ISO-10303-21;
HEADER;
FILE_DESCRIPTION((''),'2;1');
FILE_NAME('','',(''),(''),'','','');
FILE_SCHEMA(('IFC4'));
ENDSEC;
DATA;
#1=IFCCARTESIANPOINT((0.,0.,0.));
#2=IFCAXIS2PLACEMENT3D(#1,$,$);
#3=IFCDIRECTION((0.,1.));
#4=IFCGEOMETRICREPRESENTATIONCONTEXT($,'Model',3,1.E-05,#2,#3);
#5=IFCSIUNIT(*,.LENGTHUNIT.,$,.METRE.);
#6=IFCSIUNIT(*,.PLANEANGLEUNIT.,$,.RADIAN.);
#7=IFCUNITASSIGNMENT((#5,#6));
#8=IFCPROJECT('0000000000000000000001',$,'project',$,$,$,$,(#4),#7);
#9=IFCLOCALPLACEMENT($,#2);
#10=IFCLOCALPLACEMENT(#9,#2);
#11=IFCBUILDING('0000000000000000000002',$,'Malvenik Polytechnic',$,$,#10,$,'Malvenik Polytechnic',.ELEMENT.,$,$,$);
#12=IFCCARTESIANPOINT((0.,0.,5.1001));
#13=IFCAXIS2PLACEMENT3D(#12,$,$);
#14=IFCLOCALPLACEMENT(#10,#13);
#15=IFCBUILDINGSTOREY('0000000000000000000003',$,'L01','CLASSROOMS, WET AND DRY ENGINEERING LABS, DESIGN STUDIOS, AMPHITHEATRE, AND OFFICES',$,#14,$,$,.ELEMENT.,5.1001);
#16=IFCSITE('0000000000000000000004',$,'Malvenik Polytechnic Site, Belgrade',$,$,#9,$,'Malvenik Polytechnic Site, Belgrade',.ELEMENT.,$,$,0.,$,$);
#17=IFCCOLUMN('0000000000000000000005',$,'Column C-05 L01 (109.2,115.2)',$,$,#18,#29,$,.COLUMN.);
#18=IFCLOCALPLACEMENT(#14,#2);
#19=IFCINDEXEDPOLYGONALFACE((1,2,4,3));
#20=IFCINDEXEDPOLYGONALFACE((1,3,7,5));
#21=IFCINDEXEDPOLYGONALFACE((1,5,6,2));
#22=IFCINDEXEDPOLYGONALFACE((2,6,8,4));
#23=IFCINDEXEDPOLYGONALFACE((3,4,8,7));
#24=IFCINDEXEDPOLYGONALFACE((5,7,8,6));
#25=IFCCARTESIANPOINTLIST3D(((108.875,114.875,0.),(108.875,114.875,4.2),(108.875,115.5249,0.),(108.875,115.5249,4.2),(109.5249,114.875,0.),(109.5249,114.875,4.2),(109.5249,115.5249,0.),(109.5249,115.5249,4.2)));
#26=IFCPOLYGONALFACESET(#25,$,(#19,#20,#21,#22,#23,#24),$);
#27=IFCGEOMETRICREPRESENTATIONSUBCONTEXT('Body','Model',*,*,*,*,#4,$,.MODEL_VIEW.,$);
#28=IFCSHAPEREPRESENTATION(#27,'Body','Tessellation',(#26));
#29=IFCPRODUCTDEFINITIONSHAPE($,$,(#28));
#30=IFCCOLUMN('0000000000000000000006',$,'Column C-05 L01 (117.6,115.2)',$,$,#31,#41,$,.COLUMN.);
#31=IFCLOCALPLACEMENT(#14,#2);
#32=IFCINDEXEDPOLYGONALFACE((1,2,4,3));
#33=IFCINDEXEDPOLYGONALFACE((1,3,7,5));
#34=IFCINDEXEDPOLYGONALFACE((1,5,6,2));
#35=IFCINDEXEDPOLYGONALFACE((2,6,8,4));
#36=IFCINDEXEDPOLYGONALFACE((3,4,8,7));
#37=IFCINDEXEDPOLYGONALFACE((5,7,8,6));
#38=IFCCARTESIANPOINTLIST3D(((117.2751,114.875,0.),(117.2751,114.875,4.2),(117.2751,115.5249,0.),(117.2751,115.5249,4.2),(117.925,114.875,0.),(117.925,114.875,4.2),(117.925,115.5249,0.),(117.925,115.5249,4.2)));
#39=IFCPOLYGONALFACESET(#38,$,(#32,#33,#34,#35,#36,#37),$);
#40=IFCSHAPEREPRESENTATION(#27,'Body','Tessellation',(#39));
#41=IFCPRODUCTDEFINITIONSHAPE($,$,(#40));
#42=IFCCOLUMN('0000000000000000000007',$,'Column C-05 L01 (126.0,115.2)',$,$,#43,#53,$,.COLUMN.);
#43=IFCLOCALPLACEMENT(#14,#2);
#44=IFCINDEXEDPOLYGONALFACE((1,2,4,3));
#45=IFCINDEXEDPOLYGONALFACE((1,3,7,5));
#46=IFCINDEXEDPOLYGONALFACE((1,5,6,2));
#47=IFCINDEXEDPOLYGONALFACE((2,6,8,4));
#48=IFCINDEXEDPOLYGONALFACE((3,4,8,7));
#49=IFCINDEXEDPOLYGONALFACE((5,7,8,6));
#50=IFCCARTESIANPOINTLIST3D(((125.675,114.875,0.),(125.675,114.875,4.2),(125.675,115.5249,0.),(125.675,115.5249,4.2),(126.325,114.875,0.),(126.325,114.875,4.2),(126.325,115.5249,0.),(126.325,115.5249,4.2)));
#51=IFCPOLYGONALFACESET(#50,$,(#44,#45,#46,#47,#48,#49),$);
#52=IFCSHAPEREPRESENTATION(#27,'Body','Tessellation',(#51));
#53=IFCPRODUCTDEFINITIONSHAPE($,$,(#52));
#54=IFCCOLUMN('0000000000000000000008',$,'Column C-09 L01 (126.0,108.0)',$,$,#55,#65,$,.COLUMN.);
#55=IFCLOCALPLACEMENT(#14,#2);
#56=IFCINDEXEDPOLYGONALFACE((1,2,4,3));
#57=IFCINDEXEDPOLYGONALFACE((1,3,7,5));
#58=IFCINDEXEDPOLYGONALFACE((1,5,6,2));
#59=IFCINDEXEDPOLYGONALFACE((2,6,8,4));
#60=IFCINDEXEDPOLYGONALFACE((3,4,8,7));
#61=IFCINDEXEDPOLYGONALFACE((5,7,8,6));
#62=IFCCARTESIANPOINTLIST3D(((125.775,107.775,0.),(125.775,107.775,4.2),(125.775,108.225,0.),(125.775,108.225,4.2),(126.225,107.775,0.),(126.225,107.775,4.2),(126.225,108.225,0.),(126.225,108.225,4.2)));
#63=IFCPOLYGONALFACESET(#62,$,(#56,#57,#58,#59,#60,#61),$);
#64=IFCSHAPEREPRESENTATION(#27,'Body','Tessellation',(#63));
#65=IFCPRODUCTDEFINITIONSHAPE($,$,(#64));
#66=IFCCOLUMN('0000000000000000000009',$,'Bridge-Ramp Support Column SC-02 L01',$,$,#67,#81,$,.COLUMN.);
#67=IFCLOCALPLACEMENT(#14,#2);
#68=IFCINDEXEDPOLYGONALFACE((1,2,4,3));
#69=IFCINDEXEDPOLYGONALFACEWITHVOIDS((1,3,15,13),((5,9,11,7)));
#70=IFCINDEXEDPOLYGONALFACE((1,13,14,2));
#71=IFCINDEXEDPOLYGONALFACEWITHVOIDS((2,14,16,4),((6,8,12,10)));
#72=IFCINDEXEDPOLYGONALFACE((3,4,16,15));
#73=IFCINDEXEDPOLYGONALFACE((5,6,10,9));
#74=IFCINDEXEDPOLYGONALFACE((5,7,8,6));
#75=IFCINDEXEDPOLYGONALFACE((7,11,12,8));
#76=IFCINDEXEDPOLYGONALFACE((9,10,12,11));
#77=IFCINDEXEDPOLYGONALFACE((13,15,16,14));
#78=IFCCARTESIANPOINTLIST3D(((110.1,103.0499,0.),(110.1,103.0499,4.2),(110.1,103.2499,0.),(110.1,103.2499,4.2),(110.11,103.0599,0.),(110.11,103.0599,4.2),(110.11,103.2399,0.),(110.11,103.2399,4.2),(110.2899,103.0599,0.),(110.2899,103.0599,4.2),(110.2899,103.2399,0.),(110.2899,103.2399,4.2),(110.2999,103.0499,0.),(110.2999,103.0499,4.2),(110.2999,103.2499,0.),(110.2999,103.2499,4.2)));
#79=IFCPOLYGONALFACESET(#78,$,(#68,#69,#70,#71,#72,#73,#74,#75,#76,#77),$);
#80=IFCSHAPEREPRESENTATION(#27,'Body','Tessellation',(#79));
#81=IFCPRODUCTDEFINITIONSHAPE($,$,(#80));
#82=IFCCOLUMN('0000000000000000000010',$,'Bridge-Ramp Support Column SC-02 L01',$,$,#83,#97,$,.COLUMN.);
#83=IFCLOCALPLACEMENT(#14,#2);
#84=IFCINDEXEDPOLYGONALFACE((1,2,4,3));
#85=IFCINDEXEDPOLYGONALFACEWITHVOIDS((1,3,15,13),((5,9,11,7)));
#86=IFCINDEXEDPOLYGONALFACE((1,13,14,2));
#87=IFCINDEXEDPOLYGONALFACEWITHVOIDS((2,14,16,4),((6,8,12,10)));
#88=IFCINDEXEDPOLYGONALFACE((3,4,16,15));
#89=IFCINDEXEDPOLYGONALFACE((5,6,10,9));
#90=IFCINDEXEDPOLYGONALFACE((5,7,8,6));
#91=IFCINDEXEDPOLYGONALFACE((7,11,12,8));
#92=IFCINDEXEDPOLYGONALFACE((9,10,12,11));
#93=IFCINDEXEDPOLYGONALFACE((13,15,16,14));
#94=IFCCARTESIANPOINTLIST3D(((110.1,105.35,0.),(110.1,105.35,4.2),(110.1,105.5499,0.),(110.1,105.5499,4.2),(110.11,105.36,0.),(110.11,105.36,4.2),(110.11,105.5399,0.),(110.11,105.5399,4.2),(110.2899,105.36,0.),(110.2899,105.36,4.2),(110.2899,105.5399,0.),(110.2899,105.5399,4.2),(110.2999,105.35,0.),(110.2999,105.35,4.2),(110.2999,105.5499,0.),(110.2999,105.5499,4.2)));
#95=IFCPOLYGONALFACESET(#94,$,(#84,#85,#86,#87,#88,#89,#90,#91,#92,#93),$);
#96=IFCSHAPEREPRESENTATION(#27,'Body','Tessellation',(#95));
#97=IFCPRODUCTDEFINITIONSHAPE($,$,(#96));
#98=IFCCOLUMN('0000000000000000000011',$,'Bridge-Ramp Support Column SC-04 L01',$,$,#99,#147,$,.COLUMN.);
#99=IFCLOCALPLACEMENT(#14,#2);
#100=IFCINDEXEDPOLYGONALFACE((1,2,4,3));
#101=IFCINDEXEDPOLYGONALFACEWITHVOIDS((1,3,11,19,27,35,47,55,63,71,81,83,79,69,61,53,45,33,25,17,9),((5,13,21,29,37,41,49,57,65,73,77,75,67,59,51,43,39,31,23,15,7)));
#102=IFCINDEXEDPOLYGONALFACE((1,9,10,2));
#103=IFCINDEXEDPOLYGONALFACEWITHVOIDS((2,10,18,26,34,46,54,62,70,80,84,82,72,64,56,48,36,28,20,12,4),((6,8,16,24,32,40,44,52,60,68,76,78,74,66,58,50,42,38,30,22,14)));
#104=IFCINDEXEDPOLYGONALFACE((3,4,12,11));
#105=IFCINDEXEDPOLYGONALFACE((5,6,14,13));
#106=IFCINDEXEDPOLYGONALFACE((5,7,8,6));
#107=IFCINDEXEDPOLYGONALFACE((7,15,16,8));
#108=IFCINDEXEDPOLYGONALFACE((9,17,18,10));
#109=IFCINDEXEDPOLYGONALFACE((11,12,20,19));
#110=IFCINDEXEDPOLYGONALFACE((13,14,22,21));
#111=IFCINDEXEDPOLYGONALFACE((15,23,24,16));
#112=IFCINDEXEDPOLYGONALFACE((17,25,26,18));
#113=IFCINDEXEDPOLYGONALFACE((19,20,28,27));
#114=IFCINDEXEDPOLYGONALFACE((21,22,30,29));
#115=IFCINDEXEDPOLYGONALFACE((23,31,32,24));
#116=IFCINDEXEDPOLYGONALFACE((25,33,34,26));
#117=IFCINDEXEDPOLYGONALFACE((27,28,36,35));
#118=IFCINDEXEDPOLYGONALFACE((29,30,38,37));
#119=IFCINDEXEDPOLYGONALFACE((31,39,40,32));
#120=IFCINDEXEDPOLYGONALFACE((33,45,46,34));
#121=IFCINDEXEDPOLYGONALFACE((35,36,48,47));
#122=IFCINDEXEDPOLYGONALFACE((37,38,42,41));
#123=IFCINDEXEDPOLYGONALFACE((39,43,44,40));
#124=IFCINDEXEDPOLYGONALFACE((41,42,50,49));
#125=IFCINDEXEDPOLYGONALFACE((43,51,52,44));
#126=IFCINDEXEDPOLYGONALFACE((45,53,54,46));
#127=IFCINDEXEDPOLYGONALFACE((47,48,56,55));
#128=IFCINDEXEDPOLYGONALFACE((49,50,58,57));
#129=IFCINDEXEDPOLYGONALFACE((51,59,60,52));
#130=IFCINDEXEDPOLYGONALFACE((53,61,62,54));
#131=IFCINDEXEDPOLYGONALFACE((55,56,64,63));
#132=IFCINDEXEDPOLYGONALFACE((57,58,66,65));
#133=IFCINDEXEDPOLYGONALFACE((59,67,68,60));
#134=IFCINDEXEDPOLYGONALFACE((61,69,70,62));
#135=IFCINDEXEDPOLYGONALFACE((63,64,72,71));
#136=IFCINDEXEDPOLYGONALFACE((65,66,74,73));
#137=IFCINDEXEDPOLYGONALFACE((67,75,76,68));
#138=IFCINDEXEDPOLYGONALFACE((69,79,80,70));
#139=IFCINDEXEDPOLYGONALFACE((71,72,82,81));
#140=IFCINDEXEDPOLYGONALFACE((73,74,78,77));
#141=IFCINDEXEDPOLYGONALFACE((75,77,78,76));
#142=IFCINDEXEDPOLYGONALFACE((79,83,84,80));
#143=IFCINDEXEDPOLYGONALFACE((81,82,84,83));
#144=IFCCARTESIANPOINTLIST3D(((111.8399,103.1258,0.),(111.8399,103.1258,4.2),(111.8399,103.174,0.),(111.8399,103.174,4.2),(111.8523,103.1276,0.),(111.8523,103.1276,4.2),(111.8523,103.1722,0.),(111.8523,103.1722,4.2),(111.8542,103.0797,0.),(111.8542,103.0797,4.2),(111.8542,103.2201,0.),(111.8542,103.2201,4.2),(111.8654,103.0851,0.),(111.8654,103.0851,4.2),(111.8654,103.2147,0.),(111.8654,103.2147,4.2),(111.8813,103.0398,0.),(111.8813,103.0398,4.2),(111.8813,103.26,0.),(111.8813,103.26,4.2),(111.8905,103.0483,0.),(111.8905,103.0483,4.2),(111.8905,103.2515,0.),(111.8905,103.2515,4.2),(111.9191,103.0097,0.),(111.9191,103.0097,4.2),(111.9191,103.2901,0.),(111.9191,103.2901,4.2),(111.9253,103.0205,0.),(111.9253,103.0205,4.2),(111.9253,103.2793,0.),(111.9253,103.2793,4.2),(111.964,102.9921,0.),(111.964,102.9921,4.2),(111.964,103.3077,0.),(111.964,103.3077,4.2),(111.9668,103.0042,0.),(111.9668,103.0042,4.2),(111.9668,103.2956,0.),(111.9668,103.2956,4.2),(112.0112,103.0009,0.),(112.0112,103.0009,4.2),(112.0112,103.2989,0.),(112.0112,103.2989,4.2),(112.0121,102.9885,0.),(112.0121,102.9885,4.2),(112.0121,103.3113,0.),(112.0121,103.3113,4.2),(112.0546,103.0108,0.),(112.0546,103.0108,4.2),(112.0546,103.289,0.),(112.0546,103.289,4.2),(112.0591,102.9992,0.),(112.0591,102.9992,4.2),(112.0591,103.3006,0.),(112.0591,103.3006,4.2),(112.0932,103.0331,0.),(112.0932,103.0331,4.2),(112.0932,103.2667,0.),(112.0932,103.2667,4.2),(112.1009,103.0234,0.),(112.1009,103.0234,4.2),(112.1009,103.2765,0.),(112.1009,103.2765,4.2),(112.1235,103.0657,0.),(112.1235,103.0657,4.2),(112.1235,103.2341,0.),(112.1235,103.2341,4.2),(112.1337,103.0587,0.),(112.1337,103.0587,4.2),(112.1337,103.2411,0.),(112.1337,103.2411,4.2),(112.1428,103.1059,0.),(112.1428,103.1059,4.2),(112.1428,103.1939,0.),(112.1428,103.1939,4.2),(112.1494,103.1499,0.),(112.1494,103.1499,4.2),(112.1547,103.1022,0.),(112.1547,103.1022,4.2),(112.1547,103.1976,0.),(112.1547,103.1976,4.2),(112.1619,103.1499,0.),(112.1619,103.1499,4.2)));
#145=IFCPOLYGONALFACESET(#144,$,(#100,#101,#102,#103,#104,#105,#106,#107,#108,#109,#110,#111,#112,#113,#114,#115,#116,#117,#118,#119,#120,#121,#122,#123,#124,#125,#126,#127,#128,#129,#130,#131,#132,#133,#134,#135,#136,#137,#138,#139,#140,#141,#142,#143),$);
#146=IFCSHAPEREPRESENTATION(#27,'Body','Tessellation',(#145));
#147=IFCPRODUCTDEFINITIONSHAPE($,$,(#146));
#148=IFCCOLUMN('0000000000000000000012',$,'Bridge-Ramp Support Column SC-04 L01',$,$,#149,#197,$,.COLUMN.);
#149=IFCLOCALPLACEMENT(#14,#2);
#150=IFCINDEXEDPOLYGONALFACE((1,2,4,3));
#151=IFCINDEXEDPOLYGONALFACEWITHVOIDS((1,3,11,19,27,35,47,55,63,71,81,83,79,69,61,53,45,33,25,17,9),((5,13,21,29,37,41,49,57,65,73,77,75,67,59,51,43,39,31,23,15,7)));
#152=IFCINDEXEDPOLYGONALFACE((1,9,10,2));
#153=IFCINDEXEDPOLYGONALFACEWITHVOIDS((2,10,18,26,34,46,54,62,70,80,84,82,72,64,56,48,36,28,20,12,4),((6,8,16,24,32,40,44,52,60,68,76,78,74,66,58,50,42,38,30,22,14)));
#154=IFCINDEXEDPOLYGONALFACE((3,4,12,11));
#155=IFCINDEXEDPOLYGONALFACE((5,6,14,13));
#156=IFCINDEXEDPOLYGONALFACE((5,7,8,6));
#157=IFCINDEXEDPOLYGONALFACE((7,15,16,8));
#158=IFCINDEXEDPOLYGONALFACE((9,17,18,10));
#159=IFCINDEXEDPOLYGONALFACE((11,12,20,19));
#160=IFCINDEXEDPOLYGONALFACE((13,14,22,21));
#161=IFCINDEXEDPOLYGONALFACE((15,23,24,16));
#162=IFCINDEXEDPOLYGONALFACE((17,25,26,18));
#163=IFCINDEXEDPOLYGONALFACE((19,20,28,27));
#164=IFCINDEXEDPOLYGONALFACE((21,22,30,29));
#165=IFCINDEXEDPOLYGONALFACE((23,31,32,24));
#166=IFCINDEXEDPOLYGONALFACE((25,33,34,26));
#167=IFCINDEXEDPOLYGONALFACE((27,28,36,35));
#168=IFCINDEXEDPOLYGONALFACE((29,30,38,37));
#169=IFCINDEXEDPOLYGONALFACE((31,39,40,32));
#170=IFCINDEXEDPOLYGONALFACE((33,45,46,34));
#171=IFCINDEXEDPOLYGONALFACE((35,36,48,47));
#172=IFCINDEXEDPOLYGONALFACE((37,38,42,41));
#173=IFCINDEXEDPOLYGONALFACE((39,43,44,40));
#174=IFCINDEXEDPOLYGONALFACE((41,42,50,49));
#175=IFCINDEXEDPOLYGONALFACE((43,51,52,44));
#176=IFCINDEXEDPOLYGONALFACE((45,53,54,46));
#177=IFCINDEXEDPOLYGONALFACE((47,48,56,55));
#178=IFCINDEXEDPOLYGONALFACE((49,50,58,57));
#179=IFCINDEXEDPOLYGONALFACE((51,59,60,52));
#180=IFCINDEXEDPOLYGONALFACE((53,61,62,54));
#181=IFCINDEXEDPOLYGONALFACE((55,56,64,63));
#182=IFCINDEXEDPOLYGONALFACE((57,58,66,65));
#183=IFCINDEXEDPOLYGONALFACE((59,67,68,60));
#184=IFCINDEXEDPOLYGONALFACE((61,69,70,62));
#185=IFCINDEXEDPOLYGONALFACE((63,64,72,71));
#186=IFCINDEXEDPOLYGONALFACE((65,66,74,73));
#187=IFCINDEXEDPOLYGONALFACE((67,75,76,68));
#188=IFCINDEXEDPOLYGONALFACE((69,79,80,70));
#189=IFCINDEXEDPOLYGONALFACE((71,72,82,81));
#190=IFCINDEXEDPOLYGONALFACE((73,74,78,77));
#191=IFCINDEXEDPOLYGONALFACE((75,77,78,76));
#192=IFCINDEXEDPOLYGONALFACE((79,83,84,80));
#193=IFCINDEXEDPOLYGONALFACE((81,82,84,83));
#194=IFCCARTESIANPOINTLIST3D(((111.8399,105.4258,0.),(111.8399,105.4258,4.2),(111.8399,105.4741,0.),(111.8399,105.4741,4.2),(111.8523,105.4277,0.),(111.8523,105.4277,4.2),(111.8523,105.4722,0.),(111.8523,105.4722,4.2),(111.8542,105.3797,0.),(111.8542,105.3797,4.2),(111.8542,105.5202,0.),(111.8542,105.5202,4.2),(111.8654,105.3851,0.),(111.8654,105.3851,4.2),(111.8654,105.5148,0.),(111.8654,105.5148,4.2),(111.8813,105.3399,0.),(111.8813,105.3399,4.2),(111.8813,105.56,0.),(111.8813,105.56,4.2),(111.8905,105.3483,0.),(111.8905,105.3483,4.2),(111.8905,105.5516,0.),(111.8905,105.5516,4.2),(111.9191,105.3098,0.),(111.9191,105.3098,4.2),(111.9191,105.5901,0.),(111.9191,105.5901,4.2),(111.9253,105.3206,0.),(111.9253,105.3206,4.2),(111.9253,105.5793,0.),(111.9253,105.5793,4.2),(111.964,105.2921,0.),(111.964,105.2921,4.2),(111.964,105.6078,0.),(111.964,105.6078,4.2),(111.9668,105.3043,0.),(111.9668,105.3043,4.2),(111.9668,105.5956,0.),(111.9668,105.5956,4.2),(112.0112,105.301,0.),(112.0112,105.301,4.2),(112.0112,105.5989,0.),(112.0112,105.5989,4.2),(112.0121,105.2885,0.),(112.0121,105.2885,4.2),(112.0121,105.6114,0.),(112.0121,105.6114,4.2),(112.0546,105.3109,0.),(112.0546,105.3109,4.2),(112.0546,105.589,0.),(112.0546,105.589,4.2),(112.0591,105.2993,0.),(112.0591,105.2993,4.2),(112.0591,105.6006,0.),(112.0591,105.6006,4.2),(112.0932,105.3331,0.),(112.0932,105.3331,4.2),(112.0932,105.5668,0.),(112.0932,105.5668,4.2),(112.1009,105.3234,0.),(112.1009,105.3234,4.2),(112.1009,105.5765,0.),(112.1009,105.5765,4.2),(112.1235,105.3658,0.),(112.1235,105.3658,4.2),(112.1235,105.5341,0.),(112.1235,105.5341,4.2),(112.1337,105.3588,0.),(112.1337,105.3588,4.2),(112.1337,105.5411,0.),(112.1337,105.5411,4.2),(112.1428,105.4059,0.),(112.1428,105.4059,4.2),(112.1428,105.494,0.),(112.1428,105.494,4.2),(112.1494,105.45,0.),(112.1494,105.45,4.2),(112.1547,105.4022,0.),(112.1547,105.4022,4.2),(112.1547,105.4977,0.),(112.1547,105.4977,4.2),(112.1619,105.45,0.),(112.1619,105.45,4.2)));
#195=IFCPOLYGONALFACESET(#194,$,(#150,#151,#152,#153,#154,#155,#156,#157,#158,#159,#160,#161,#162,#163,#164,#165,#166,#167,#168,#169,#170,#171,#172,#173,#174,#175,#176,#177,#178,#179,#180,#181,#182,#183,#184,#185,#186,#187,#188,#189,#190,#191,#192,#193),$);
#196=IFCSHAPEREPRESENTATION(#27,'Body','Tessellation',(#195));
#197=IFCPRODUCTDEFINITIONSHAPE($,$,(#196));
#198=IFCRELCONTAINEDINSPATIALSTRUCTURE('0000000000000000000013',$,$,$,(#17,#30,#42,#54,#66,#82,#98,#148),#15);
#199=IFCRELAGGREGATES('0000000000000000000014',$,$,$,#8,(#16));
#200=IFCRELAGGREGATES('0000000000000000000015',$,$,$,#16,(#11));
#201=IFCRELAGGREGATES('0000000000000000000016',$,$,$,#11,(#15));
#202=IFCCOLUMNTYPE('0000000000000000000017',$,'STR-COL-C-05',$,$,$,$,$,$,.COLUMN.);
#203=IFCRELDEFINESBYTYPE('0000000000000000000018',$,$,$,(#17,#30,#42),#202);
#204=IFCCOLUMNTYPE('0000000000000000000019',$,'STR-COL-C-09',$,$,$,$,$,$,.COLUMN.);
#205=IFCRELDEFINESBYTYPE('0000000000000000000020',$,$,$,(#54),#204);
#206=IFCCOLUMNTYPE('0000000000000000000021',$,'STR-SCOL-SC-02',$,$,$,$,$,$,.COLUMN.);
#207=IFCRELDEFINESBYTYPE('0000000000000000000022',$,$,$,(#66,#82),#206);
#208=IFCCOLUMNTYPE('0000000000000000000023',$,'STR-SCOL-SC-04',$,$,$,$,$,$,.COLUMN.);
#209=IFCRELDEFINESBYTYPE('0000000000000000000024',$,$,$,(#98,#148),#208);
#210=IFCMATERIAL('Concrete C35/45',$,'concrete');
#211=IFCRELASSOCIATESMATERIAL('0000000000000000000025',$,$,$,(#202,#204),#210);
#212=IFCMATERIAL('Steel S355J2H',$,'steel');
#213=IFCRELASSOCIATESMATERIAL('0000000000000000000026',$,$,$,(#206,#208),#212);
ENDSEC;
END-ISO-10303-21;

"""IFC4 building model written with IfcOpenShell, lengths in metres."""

from ifc_helpers import new_model, si_unit, direction, frame, origin, origin_2d, place, context, subcontext, project, spatial, rectangle, hollow_rectangle, hollow_circle, extrude, material, material_profile, profile_set, type_object, element, save


model = new_model("IFC4")

# Units and contexts
model_context = context("Model", 3, precision=1e-05, world=origin(), true_north=direction((0.0, 1.0)))
body_context = subcontext(model_context, "Body", "Model", "MODEL_VIEW")
ifc_project = project(units=[si_unit("LENGTHUNIT", "METRE"), si_unit("PLANEANGLEUNIT", "RADIAN")], contexts=[model_context])

# Site, building, storey
site_placement = place(None, origin())
site = spatial("IfcSite", under=ifc_project, at=site_placement, Name="Malvenik Polytechnic Site, Belgrade", LongName="Malvenik Polytechnic Site, Belgrade", CompositionType="ELEMENT", RefElevation=0.0)
building_placement = place(site_placement, origin())
building = spatial("IfcBuilding", under=site, at=building_placement, Name="Malvenik Polytechnic", LongName="Malvenik Polytechnic", CompositionType="ELEMENT")
storey_placement = place(building_placement, frame((0.0, 0.0, 5.1001)))
storey = spatial("IfcBuildingStorey", under=building, at=storey_placement, Name="L01", Description="CLASSROOMS, WET AND DRY ENGINEERING LABS, DESIGN STUDIOS, AMPHITHEATRE, AND OFFICES", CompositionType="ELEMENT", Elevation=5.1001)

# Columns
ifc_material_1 = material(Name="Concrete C35/45", Category="concrete")
ifc_material_profile_1 = material_profile(ifc_material_1, rectangle(XDim=0.6499, YDim=0.6499, at=origin_2d()), Name="RC COL 650x650")
ifc_profile_set_1 = profile_set([ifc_material_profile_1], Name="Concrete C35/45")
column_type_1 = type_object("IfcColumnType", Name="STR-COL-C-05", PredefinedType="COLUMN", material=ifc_profile_set_1)
for number, where, z_axis, x_axis, name in (
    (1, (109.2, 115.2, 0.0), (0.0, 0.0, 1.0), (1.0, 0.0, 0.0), "Column C-05 L01 (109.2,115.2)"),
    (2, (117.6001, 115.2, 0.0), (0.0, 0.0, 1.0), (1.0, 0.0, 0.0), "Column C-05 L01 (117.6,115.2)"),
    (3, (126.0, 115.2, 0.0), (0.0, 0.0, 1.0), (1.0, 0.0, 0.0), "Column C-05 L01 (126.0,115.2)"),
):
    element("IfcColumn", number, at=place(storey_placement, frame(where, z_axis=z_axis, x_axis=x_axis)), inside=storey, type_object=column_type_1, Name=name, PredefinedType="COLUMN", context=body_context, shape_type="SweptSolid", body=[
        extrude(rectangle(XDim=0.6499, YDim=0.6499, at=origin_2d()), origin(), (0.0, 0.0, 1.0), 4.2),
    ])
ifc_material_profile_2 = material_profile(ifc_material_1, rectangle(XDim=0.45, YDim=0.45, at=origin_2d()), Name="RC COL 450x450")
ifc_profile_set_2 = profile_set([ifc_material_profile_2], Name="Concrete C35/45")
column_type_2 = type_object("IfcColumnType", Name="STR-COL-C-09", PredefinedType="COLUMN", material=ifc_profile_set_2)
column_placement = place(storey_placement, frame((126.0, 108.0, 0.0), z_axis=(0.0, 0.0, 1.0), x_axis=(1.0, 0.0, 0.0)))
element("IfcColumn", 4, at=column_placement, inside=storey, type_object=column_type_2, Name="Column C-09 L01 (126.0,108.0)", PredefinedType="COLUMN", context=body_context, shape_type="SweptSolid", body=[
    extrude(rectangle(XDim=0.45, YDim=0.45, at=origin_2d()), origin(), (0.0, 0.0, 1.0), 4.2),
])
ifc_material_2 = material(Name="Steel S355J2H", Category="steel")
ifc_material_profile_3 = material_profile(ifc_material_2, hollow_rectangle(XDim=0.2, YDim=0.2, WallThickness=0.01, at=origin_2d()), Name="SHS 200x200x10.0")
ifc_profile_set_3 = profile_set([ifc_material_profile_3], Name="Steel S355J2H")
column_type_3 = type_object("IfcColumnType", Name="STR-SCOL-SC-02", PredefinedType="COLUMN", material=ifc_profile_set_3)
for number, where, z_axis, x_axis, name in (
    (5, (110.2, 103.1499, 0.0), (0.0, 0.0, 1.0), (1.0, 0.0, 0.0), "Bridge-Ramp Support Column SC-02 L01"),
    (6, (110.2, 105.45, 0.0), (0.0, 0.0, 1.0), (1.0, 0.0, 0.0), "Bridge-Ramp Support Column SC-02 L01"),
):
    element("IfcColumn", number, at=place(storey_placement, frame(where, z_axis=z_axis, x_axis=x_axis)), inside=storey, type_object=column_type_3, Name=name, PredefinedType="COLUMN", context=body_context, shape_type="SweptSolid", body=[
        extrude(hollow_rectangle(XDim=0.2, YDim=0.2, WallThickness=0.01, at=origin_2d()), origin(), (0.0, 0.0, 1.0), 4.2),
    ])
ifc_material_profile_4 = material_profile(ifc_material_2, hollow_circle(Radius=0.1619, WallThickness=0.0125, at=origin_2d()), Name="CHS 323.9x12.5")
ifc_profile_set_4 = profile_set([ifc_material_profile_4], Name="Steel S355J2H")
column_type_4 = type_object("IfcColumnType", Name="STR-SCOL-SC-04", PredefinedType="COLUMN", material=ifc_profile_set_4)
for number, where, z_axis, x_axis, name in (
    (7, (112.0, 103.1499, 0.0), (0.0, 0.0, 1.0), (1.0, 0.0, 0.0), "Bridge-Ramp Support Column SC-04 L01"),
    (8, (112.0, 105.45, 0.0), (0.0, 0.0, 1.0), (1.0, 0.0, 0.0), "Bridge-Ramp Support Column SC-04 L01"),
):
    element("IfcColumn", number, at=place(storey_placement, frame(where, z_axis=z_axis, x_axis=x_axis)), inside=storey, type_object=column_type_4, Name=name, PredefinedType="COLUMN", context=body_context, shape_type="SweptSolid", body=[
        extrude(hollow_circle(Radius=0.1619, WallThickness=0.0125, at=origin_2d()), origin(), (0.0, 0.0, 1.0), 4.2),
    ])

save(model, "model.ifc")
